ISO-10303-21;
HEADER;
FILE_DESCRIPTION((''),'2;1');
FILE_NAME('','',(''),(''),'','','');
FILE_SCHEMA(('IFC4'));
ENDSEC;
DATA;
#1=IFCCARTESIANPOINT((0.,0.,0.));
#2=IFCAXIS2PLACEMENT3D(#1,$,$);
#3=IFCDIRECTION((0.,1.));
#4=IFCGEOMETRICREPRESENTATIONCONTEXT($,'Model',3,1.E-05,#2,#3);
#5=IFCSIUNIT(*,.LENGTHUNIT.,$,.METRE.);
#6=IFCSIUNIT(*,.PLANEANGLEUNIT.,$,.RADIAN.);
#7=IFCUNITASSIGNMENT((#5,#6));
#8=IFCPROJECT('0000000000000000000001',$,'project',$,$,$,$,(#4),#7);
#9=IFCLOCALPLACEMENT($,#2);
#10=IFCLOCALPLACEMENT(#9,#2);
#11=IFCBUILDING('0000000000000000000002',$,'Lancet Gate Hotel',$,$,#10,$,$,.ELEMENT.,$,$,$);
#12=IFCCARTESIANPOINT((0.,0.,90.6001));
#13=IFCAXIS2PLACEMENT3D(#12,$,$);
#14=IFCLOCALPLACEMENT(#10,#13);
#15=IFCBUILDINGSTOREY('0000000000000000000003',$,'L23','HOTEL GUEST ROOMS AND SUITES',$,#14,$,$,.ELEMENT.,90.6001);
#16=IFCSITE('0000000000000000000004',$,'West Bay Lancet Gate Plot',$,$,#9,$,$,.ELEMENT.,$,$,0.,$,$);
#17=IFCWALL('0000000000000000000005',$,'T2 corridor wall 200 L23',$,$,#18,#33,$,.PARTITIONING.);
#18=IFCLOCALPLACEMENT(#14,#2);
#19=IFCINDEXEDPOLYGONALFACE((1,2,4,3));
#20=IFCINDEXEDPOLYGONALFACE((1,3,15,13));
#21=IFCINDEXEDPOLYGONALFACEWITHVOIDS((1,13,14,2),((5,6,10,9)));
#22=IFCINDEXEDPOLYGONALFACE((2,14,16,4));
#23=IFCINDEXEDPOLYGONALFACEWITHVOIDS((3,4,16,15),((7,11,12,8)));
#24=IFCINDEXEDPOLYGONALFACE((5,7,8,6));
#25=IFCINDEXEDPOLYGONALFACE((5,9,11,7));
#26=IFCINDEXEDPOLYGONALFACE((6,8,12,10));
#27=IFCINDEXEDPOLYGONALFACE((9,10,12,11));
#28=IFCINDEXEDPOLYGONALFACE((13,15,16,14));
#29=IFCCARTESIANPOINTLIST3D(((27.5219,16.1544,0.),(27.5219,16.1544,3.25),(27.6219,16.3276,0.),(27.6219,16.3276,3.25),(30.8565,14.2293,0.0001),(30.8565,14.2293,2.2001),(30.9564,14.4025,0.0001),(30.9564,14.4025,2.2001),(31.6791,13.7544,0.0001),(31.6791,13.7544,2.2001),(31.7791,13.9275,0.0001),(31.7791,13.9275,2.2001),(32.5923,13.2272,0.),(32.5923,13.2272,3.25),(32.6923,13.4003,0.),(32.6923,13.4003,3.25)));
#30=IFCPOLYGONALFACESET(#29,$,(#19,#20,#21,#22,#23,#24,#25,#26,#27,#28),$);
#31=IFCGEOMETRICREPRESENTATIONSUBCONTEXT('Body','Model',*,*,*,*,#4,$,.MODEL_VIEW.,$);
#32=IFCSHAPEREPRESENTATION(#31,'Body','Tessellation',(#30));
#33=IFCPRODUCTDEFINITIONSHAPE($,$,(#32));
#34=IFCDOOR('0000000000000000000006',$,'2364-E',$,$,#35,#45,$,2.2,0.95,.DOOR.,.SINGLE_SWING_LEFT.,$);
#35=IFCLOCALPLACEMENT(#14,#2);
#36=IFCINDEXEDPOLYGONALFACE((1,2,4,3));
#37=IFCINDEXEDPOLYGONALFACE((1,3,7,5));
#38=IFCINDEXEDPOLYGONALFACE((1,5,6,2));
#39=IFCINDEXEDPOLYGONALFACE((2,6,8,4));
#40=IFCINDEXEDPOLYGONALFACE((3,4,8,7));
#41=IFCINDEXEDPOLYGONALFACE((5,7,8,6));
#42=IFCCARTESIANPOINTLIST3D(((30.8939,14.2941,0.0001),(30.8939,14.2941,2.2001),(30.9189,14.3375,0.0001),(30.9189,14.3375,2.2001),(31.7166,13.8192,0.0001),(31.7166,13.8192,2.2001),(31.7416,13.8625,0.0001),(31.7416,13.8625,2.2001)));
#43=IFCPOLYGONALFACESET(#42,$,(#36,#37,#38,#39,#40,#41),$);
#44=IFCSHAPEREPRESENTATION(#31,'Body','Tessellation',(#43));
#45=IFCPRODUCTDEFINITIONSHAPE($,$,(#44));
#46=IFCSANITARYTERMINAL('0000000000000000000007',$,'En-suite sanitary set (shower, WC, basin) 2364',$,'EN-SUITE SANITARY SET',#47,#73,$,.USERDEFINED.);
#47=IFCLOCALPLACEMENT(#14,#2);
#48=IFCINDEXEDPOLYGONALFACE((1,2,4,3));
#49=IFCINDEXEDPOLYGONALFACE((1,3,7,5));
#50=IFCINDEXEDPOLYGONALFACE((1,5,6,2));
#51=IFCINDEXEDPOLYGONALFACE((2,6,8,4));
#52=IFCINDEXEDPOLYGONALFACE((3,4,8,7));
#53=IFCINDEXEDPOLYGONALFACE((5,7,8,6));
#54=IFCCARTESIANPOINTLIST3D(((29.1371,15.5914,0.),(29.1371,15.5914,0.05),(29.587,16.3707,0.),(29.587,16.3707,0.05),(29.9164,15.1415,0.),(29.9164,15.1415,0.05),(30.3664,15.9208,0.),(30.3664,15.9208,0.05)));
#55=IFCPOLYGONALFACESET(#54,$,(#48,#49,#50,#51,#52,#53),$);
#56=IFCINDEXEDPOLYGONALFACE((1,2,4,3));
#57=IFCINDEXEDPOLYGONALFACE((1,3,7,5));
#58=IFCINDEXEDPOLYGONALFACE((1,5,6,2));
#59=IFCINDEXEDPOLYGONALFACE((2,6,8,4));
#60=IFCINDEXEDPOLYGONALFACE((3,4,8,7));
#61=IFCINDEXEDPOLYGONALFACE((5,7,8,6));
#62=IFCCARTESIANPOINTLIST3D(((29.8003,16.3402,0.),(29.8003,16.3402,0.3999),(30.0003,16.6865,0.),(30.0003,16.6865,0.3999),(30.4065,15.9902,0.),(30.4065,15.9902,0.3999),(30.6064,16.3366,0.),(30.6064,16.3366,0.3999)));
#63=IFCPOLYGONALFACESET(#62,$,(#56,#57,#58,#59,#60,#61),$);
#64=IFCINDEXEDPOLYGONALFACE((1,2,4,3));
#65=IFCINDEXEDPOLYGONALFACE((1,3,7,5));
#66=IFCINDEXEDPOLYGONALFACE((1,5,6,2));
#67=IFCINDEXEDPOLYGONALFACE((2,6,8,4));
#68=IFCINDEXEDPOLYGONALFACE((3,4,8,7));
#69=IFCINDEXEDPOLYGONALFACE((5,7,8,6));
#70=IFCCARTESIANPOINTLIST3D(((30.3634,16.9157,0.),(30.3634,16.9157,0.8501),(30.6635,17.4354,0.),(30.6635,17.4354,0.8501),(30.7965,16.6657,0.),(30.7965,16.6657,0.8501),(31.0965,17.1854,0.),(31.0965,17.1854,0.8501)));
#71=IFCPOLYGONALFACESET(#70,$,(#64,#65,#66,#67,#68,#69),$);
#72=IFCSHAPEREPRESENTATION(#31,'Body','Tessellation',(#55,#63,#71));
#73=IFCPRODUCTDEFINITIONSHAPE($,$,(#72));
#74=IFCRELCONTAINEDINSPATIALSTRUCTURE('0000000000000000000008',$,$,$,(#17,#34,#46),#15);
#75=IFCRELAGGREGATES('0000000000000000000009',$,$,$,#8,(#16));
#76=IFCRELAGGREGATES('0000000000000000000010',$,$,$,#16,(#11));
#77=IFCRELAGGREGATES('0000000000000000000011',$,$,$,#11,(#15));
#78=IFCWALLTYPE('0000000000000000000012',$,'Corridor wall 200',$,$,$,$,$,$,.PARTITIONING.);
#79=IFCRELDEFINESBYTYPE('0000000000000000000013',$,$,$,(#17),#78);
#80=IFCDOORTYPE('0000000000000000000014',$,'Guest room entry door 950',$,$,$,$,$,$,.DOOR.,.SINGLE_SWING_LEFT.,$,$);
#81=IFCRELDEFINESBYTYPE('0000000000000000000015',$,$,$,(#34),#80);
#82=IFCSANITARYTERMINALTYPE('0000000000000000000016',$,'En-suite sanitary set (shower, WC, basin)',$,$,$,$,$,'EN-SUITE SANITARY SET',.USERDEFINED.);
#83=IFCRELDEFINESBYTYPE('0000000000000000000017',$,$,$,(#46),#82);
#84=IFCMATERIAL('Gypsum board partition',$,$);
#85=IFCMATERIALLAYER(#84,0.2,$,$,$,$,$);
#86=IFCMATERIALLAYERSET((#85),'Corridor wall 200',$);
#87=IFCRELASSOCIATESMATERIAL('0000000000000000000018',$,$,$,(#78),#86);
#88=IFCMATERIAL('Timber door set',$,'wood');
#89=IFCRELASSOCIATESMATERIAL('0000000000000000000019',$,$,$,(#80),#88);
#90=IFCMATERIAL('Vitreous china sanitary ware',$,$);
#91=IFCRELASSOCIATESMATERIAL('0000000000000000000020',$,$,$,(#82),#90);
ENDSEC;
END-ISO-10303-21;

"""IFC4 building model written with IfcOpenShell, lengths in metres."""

from ifc_helpers import new_model, si_unit, direction, frame, frame_2d, origin, origin_2d, place, context, subcontext, project, spatial, rectangle, extrude, material, layer, layer_set, type_object, element, fill, save


model = new_model("IFC4")

# Units and contexts
model_context = context("Model", 3, precision=1e-05, world=origin(), true_north=direction((0.0, 1.0)))
body_context = subcontext(model_context, "Body", "Model", "MODEL_VIEW")
ifc_project = project(units=[si_unit("LENGTHUNIT", "METRE"), si_unit("PLANEANGLEUNIT", "RADIAN")], contexts=[model_context])

# Site, building, storey
site_placement = place(None, origin())
site = spatial("IfcSite", under=ifc_project, at=site_placement, Name="West Bay Lancet Gate Plot", CompositionType="ELEMENT", RefElevation=0.0)
building_placement = place(site_placement, origin())
building = spatial("IfcBuilding", under=site, at=building_placement, Name="Lancet Gate Hotel", CompositionType="ELEMENT")
storey_placement = place(building_placement, frame((0.0, 0.0, 90.6001)))
storey = spatial("IfcBuildingStorey", under=building, at=storey_placement, Name="L23", Description="HOTEL GUEST ROOMS AND SUITES", CompositionType="ELEMENT", Elevation=90.6001)

# Wall, opening, door
ifc_material_1 = material(Name="Gypsum board partition")
ifc_layer_1 = layer(ifc_material_1, 0.2)
ifc_layer_set_1 = layer_set([ifc_layer_1], Name="Corridor wall 200")
wall_type_1 = type_object("IfcWallType", Name="Corridor wall 200", PredefinedType="PARTITIONING", material=ifc_layer_set_1)
wall_1_placement = place(storey_placement, frame((27.572, 16.241, 0.0), z_axis=(0.0, 0.0, 1.0), x_axis=(0.866033, -0.499987, 0.0)))
wall_1 = element("IfcWall", 1, at=wall_1_placement, inside=storey, type_object=wall_type_1, Name="T2 corridor wall 200 L23", PredefinedType="PARTITIONING", context=body_context, shape_type="SweptSolid", body=[
    extrude(rectangle(XDim=5.8547, YDim=0.2, at=frame_2d((2.9272, 0.0))), origin(), (0.0, 0.0, 1.0), 3.25),
])
opening_1_placement = place(wall_1_placement, frame((3.8501, 0.0, 0.0)))
opening_1 = element("IfcOpeningElement", 2, at=opening_1_placement, cuts=wall_1, PredefinedType="OPENING", context=body_context, shape_type="SweptSolid", body=[
    extrude(rectangle(XDim=0.95, YDim=2.2, at=frame_2d((0.4751, 1.1001))), frame((0.0, 0.1099, 0.0), z_axis=(0.0, -1.0, 0.0), x_axis=(1.0, 0.0, 0.0)), (0.0, 0.0, 1.0), 0.22),
])
ifc_material_2 = material(Name="Timber door set", Category="wood")
door_type_1 = type_object("IfcDoorType", Name="Guest room entry door 950", OperationType="SINGLE_SWING_LEFT", PredefinedType="DOOR", material=ifc_material_2)
door_1_placement = place(opening_1_placement, origin())
door_1 = element("IfcDoor", 3, at=door_1_placement, inside=storey, type_object=door_type_1, Name="2364-E", OperationType="SINGLE_SWING_LEFT", OverallHeight=2.2, OverallWidth=0.95, PredefinedType="DOOR", context=body_context, shape_type="SweptSolid", body=[
    extrude(rectangle(XDim=0.95, YDim=2.2, at=frame_2d((0.4751, 1.1001))), frame((0.0, 0.0249, 0.0), z_axis=(0.0, -1.0, 0.0), x_axis=(1.0, 0.0, 0.0)), (0.0, 0.0, 1.0), 0.05),
])
fill(opening_1, door_1)

# Sanitary terminal
ifc_material_3 = material(Name="Vitreous china sanitary ware")
sanitary_terminal_type = type_object("IfcSanitaryTerminalType", Name="En-suite sanitary set (shower, WC, basin)", ElementType="EN-SUITE SANITARY SET", PredefinedType="USERDEFINED", material=ifc_material_3)
sanitary_terminal_placement = place(storey_placement, frame((29.7517, 15.7561, 0.0), z_axis=(0.0, 0.0, 1.0), x_axis=(1.0, 0.0, 0.0)))
element("IfcSanitaryTerminal", 4, at=sanitary_terminal_placement, inside=storey, type_object=sanitary_terminal_type, Name="En-suite sanitary set (shower, WC, basin) 2364", ObjectType="EN-SUITE SANITARY SET", PredefinedType="USERDEFINED", context=body_context, shape_type="SweptSolid", body=[
    extrude(rectangle(XDim=0.8999, YDim=0.8999, at=origin_2d()), frame((0.0, 0.0, 0.0), z_axis=(0.0, 0.0, 1.0), x_axis=(-0.5, -0.866025, 0.0)), (0.0, 0.0, 1.0), 0.05),
    extrude(rectangle(XDim=0.3999, YDim=0.7, at=origin_2d()), frame((0.4517, 0.5823, 0.0), z_axis=(0.0, 0.0, 1.0), x_axis=(-0.5, -0.866025, 0.0)), (0.0, 0.0, 1.0), 0.3999),
    extrude(rectangle(XDim=0.6001, YDim=0.5, at=origin_2d()), frame((0.9783, 1.2944, 0.0), z_axis=(0.0, 0.0, 1.0), x_axis=(-0.5, -0.866025, 0.0)), (0.0, 0.0, 1.0), 0.8501),
])

save(model, "model.ifc")
